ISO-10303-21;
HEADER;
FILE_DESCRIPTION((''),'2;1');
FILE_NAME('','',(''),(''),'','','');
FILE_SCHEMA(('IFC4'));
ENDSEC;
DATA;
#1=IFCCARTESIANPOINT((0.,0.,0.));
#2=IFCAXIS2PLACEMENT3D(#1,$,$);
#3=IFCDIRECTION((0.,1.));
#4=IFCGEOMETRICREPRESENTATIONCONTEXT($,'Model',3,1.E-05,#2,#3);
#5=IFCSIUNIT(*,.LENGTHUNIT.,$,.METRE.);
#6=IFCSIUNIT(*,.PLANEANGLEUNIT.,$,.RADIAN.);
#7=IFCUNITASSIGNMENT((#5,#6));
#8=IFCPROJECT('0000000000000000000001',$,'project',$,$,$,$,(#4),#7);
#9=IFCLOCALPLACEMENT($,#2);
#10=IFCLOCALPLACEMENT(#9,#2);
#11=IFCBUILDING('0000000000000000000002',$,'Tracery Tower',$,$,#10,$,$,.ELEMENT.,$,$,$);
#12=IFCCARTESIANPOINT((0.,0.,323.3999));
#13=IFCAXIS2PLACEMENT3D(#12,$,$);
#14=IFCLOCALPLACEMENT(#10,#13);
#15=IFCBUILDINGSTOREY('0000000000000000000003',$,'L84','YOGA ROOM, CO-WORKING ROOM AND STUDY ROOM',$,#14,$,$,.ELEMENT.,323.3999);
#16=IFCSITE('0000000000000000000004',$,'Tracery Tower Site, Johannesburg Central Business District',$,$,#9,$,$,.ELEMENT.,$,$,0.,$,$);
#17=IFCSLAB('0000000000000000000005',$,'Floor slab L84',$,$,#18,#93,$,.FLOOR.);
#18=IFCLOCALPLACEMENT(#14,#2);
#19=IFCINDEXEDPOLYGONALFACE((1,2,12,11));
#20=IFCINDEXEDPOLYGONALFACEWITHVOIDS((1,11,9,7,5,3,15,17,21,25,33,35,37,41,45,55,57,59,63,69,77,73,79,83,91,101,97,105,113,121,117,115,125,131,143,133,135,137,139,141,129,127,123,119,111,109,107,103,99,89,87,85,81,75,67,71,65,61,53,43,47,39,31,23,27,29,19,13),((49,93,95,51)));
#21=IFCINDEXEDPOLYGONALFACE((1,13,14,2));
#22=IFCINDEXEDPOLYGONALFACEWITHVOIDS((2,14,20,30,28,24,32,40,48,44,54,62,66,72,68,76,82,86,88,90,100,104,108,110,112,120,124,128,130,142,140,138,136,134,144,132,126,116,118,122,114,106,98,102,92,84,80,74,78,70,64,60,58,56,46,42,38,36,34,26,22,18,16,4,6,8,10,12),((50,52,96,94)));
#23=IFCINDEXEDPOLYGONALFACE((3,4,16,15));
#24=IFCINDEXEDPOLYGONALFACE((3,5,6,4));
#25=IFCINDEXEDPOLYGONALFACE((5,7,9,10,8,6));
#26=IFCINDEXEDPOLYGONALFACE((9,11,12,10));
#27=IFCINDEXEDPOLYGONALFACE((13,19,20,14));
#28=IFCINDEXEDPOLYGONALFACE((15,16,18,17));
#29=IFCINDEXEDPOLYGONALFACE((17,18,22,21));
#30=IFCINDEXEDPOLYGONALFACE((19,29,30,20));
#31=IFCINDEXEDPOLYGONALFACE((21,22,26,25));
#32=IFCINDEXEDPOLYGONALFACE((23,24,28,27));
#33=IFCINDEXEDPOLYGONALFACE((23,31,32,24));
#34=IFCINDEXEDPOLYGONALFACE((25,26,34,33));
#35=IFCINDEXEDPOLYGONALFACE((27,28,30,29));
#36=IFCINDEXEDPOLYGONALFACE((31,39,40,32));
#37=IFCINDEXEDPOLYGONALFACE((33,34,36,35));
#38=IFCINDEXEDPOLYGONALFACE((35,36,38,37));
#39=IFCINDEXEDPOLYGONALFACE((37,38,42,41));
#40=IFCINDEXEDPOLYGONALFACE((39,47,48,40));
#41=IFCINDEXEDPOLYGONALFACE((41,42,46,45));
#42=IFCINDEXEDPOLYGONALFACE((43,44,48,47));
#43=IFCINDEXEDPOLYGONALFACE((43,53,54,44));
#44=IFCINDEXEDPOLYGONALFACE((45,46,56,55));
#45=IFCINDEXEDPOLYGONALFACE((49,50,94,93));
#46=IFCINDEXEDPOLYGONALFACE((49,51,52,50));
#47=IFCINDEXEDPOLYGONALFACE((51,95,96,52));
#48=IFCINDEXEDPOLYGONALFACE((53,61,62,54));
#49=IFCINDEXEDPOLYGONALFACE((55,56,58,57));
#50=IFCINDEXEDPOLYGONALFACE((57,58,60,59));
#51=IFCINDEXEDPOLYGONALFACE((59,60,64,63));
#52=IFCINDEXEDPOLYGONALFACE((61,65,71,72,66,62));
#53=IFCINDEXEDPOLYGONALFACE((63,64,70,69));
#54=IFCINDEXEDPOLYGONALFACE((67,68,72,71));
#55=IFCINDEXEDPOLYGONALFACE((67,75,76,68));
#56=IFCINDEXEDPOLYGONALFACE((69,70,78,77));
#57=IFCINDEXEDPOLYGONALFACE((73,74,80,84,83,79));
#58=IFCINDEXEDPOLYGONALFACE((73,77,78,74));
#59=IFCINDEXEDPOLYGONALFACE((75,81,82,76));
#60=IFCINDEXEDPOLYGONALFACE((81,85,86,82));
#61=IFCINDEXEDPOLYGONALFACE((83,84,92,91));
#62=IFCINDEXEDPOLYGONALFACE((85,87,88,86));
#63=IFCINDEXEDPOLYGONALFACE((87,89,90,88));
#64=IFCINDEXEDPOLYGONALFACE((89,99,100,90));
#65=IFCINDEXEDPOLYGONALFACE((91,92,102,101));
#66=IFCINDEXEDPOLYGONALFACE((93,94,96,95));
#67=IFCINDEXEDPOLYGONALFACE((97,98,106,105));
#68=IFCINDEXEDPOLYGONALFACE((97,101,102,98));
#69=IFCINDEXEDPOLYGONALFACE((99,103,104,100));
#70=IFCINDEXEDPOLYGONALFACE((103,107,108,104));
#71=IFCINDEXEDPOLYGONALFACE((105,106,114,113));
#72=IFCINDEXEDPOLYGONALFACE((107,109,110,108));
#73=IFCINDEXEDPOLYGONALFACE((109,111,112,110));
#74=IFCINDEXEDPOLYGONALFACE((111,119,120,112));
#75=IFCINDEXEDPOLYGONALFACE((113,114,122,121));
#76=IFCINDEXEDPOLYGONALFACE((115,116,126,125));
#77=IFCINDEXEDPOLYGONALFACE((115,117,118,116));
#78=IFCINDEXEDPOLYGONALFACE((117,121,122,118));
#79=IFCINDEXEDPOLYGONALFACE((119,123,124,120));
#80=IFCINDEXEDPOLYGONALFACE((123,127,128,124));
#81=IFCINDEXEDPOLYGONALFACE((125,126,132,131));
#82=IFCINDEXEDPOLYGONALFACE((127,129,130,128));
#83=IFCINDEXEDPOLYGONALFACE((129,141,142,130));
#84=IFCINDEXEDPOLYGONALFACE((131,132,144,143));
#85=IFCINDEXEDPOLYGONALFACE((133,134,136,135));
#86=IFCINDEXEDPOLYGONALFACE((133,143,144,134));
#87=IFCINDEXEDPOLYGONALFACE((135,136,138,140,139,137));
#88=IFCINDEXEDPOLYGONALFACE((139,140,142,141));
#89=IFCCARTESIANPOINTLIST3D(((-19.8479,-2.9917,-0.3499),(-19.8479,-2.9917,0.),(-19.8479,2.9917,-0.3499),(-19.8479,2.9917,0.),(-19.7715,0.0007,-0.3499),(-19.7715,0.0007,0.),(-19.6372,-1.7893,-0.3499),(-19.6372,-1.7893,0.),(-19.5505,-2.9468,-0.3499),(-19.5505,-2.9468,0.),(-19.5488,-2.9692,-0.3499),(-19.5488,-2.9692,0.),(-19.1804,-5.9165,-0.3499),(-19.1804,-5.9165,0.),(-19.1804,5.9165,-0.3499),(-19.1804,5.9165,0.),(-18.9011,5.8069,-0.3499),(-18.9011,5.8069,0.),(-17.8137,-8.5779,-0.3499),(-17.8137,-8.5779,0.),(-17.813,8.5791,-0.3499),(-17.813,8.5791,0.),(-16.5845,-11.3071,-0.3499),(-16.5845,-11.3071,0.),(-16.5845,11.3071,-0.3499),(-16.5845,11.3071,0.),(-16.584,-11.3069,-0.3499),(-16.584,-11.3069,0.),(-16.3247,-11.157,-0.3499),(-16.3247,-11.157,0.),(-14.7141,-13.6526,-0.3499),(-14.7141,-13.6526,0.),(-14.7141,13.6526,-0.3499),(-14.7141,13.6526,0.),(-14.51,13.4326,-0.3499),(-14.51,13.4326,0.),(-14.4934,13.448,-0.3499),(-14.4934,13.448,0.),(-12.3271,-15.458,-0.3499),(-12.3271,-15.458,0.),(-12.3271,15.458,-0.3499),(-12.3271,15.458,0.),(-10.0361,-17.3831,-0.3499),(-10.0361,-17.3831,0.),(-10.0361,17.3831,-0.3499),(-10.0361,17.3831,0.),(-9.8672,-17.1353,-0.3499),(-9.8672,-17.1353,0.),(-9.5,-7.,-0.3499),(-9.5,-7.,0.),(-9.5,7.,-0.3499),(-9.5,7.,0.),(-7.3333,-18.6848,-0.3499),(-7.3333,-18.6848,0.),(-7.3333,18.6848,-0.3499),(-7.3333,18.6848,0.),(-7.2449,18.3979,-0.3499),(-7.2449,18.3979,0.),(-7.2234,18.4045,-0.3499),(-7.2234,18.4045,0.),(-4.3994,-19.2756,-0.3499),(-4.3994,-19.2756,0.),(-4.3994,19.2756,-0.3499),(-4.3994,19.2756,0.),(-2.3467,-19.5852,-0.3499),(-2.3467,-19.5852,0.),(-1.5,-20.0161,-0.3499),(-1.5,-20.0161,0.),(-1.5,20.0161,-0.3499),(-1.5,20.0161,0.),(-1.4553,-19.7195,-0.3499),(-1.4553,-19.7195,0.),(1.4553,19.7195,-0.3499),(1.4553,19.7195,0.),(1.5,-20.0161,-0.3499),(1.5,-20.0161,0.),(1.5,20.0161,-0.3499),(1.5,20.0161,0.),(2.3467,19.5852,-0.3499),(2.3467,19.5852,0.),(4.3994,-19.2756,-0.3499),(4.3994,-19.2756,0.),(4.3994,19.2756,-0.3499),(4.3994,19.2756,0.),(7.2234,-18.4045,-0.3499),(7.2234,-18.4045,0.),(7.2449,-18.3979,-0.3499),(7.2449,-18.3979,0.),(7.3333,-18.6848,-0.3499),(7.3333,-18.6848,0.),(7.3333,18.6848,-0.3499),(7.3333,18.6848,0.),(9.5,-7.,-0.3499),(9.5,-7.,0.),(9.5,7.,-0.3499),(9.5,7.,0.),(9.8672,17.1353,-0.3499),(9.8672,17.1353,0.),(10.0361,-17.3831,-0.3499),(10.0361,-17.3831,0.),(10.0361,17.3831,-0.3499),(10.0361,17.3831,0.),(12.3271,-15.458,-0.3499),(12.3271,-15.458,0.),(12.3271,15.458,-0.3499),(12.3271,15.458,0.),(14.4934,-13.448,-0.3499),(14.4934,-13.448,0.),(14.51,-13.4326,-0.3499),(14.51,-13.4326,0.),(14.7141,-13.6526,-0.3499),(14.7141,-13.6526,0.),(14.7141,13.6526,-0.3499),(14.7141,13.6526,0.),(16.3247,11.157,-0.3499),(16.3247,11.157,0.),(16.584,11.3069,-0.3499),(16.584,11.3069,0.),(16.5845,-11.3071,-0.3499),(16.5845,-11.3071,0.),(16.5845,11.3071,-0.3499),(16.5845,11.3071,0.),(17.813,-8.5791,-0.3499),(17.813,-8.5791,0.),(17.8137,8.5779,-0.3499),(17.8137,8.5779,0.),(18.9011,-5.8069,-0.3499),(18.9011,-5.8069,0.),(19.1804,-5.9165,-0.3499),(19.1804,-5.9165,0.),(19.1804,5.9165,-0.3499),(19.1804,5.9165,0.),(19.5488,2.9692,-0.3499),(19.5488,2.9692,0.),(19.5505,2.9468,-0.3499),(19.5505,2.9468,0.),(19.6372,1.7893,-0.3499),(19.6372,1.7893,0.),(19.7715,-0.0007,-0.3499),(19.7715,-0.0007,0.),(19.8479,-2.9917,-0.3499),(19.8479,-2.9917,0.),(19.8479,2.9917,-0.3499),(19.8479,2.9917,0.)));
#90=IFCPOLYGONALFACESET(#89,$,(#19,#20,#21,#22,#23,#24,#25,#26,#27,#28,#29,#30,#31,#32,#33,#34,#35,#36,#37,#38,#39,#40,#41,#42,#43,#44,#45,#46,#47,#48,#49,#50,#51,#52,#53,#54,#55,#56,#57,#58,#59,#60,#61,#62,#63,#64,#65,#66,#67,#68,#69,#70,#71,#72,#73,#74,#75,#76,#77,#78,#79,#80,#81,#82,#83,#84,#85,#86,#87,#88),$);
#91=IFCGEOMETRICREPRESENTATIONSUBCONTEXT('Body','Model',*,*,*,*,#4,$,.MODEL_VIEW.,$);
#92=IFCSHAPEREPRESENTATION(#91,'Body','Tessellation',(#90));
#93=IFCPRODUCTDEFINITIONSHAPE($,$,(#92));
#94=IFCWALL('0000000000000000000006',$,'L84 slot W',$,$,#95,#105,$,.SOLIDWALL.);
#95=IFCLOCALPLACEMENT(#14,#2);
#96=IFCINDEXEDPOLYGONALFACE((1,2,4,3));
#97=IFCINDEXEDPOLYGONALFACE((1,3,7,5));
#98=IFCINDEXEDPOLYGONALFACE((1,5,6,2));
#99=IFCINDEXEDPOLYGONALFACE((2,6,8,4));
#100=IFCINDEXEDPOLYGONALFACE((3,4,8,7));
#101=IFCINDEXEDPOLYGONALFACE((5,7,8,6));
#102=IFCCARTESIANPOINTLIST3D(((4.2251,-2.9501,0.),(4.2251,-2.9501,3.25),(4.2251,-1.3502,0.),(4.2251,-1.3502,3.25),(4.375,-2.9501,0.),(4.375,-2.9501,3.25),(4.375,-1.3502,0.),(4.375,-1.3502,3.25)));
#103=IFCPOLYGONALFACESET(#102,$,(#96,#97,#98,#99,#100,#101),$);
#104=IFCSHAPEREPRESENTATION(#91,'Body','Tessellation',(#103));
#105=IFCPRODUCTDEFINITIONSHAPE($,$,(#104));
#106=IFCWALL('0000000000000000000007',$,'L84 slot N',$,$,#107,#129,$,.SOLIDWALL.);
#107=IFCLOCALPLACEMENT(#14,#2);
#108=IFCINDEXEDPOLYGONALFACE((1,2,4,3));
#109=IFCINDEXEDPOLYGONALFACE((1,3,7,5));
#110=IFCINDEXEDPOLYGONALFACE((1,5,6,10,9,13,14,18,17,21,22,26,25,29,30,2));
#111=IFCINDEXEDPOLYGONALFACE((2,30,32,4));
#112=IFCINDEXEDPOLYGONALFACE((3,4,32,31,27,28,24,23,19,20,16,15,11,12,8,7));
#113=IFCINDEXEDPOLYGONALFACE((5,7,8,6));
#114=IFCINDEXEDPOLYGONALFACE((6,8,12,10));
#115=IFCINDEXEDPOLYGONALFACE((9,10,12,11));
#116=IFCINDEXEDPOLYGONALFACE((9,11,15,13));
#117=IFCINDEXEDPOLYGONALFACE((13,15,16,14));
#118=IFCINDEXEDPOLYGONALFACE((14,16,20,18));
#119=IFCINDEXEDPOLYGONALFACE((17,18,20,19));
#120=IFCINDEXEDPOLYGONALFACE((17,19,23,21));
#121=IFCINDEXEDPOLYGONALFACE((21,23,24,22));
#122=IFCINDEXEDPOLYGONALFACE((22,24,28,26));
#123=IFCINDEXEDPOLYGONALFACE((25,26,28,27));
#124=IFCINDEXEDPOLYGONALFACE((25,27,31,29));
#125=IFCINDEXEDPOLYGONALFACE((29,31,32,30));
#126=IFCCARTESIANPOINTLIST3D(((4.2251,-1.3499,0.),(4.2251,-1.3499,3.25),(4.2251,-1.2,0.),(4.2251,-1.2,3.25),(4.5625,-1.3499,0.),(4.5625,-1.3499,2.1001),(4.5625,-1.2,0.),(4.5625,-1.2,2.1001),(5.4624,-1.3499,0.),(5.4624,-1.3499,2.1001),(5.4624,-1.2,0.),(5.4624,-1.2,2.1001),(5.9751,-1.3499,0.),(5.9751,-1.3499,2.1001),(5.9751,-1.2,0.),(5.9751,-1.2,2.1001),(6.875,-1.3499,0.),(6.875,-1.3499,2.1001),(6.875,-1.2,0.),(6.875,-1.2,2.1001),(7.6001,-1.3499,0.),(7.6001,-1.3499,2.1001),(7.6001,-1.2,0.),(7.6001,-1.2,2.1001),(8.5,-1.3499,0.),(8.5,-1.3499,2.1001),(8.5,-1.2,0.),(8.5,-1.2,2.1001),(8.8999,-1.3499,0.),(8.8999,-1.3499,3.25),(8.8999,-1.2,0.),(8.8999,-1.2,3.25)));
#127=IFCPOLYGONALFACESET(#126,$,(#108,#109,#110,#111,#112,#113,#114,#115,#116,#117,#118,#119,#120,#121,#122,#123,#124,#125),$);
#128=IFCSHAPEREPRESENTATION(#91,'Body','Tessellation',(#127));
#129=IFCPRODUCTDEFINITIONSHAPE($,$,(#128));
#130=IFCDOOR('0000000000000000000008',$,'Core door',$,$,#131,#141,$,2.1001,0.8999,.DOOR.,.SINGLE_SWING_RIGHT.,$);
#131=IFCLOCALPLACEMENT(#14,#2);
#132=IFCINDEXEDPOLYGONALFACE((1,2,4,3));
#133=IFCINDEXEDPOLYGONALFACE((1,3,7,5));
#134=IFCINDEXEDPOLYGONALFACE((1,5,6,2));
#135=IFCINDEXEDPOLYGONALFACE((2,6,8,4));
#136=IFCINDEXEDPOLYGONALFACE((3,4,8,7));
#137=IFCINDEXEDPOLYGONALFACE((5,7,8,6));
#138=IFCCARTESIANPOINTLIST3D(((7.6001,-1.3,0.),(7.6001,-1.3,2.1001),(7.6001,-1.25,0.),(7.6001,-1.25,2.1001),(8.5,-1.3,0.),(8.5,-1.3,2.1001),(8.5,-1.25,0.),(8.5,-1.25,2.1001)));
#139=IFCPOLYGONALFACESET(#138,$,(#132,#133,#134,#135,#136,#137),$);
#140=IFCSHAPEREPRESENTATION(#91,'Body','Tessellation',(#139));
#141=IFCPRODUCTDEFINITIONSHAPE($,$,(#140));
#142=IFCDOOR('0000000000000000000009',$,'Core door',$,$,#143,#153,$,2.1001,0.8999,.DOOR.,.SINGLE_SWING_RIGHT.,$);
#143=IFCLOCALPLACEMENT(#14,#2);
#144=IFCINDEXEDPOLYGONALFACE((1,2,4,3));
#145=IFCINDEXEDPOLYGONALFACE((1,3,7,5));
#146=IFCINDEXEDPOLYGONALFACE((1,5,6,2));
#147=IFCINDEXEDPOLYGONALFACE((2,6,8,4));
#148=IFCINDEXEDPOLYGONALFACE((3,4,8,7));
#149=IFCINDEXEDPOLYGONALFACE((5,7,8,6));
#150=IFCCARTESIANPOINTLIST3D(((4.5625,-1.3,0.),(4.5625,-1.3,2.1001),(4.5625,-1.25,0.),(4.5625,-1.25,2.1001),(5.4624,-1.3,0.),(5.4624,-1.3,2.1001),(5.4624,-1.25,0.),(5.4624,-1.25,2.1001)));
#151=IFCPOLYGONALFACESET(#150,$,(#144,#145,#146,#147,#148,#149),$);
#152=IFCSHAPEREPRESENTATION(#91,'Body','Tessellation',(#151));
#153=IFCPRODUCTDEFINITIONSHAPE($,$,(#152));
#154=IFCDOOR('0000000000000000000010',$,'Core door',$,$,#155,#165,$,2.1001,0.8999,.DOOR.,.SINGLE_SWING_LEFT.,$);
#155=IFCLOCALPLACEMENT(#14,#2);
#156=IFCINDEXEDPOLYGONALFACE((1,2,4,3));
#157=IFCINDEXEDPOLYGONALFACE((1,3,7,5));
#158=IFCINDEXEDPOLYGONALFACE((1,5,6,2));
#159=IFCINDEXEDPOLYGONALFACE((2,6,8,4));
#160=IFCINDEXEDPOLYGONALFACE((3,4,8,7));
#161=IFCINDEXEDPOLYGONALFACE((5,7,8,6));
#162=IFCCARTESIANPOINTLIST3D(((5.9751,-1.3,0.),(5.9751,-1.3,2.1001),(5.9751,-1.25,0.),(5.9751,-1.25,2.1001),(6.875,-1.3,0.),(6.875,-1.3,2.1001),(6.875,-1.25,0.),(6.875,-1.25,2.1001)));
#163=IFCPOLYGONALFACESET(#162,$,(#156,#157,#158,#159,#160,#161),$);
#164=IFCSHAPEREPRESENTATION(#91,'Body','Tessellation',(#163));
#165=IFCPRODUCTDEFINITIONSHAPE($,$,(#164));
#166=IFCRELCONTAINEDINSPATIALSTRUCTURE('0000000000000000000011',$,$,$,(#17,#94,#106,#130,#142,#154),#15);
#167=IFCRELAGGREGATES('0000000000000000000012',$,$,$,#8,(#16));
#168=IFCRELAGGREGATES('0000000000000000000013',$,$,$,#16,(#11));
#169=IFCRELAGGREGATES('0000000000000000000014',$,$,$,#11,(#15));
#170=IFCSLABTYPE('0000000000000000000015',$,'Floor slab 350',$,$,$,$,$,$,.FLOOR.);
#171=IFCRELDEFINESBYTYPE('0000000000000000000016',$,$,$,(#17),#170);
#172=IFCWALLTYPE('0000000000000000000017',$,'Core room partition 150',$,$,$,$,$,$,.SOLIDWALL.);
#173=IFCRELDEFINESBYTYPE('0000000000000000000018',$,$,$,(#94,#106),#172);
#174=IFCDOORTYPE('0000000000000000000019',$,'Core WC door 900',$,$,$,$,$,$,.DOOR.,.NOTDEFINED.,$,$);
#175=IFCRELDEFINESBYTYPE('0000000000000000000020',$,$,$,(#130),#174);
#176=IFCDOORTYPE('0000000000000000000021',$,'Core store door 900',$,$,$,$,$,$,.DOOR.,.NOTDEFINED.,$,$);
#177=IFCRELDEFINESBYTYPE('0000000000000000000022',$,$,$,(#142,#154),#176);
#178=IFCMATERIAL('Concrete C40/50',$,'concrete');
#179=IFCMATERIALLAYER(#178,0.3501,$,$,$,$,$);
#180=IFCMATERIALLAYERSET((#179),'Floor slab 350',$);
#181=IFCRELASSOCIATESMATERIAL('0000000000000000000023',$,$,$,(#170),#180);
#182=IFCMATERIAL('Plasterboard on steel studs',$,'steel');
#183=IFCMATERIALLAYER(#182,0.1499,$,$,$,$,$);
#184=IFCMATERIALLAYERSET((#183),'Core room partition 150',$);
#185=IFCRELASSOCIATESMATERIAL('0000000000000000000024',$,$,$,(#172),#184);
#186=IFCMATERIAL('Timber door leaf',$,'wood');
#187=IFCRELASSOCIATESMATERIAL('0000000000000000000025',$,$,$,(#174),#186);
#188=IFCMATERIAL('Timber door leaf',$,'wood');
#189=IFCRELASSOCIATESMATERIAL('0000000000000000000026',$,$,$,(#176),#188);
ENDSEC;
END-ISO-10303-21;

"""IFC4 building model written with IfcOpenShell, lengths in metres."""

from ifc_helpers import new_model, si_unit, direction, frame, frame_2d, origin, place, context, subcontext, project, spatial, polyline, rectangle, outline, extrude, material, layer, layer_set, type_object, element, fill, save


model = new_model("IFC4")

# Units and contexts
model_context = context("Model", 3, precision=1e-05, world=origin(), true_north=direction((0.0, 1.0)))
body_context = subcontext(model_context, "Body", "Model", "MODEL_VIEW")
ifc_project = project(units=[si_unit("LENGTHUNIT", "METRE"), si_unit("PLANEANGLEUNIT", "RADIAN")], contexts=[model_context])

# Site, building, storey
site_placement = place(None, origin())
site = spatial("IfcSite", under=ifc_project, at=site_placement, Name="Tracery Tower Site, Johannesburg Central Business District", CompositionType="ELEMENT", RefElevation=0.0)
building_placement = place(site_placement, origin())
building = spatial("IfcBuilding", under=site, at=building_placement, Name="Tracery Tower", CompositionType="ELEMENT")
storey_placement = place(building_placement, frame((0.0, 0.0, 323.3999)))
storey = spatial("IfcBuildingStorey", under=building, at=storey_placement, Name="L84", Description="YOGA ROOM, CO-WORKING ROOM AND STUDY ROOM", CompositionType="ELEMENT", Elevation=323.3999)

# Slab
ifc_material_1 = material(Name="Concrete C40/50", Category="concrete")
ifc_layer_1 = layer(ifc_material_1, 0.3501)
ifc_layer_set_1 = layer_set([ifc_layer_1], Name="Floor slab 350")
slab_type_1 = type_object("IfcSlabType", Name="Floor slab 350", PredefinedType="FLOOR", material=ifc_layer_set_1)
slab_1_placement = place(storey_placement, frame((0.0, 0.0, -0.3499)))
element("IfcSlab", 1, at=slab_1_placement, inside=storey, type_object=slab_type_1, Name="Floor slab L84", PredefinedType="FLOOR", context=body_context, shape_type="SweptSolid", body=[
    extrude(outline(polyline([(19.5505, 2.9468), (19.5488, 2.9692), (19.8479, 2.9917), (19.1804, 5.9165), (17.8137, 8.5779), (16.3247, 11.157), (16.584, 11.3069), (16.5845, 11.3071), (14.7141, 13.6526), (12.3271, 15.458), (9.8672, 17.1353), (10.0361, 17.3831), (7.3333, 18.6848), (4.3994, 19.2756), (2.3467, 19.5852), (1.4553, 19.7195), (1.5, 20.0161), (1.5, 20.0161), (-1.5, 20.0161), (-4.3994, 19.2756), (-7.2234, 18.4045), (-7.2234, 18.4045), (-7.2449, 18.3979), (-7.3333, 18.6848), (-10.0361, 17.3831), (-12.3271, 15.458), (-14.4934, 13.448), (-14.4934, 13.448), (-14.51, 13.4326), (-14.7141, 13.6526), (-14.7141, 13.6526), (-16.5845, 11.3071), (-17.813, 8.5791), (-18.9011, 5.8069), (-19.1804, 5.9165), (-19.8479, 2.9917), (-19.7715, 0.0007), (-19.6372, -1.7893), (-19.5505, -2.9468), (-19.5505, -2.9468), (-19.5488, -2.9692), (-19.8479, -2.9917), (-19.1804, -5.9165), (-17.8137, -8.5779), (-16.3247, -11.157), (-16.584, -11.3069), (-16.5845, -11.3071), (-14.7141, -13.6526), (-12.3271, -15.458), (-9.8672, -17.1353), (-10.0361, -17.3831), (-7.3333, -18.6848), (-4.3994, -19.2756), (-2.3467, -19.5852), (-1.4553, -19.7195), (-1.5, -20.0161), (-1.5, -20.0161), (1.5, -20.0161), (4.3994, -19.2756), (7.2234, -18.4045), (7.2234, -18.4045), (7.2449, -18.3979), (7.3333, -18.6848), (10.0361, -17.3831), (12.3271, -15.458), (14.4934, -13.448), (14.4934, -13.448), (14.51, -13.4326), (14.7141, -13.6526), (14.7141, -13.6526), (16.5845, -11.3071), (17.813, -8.5791), (18.9011, -5.8069), (19.1804, -5.9165), (19.8479, -2.9917), (19.7715, -0.0007), (19.6372, 1.7893), (19.5505, 2.9468), (19.5505, 2.9468)]), holes=[polyline([(-9.5, -7.0), (9.5, -7.0), (9.5, 7.0), (-9.5, 7.0), (-9.5, -7.0)])]), origin(), (0.0, 0.0, 1.0), 0.3499),
])

# Wall
ifc_material_2 = material(Name="Plasterboard on steel studs", Category="steel")
ifc_layer_2 = layer(ifc_material_2, 0.1499)
ifc_layer_set_2 = layer_set([ifc_layer_2], Name="Core room partition 150")
wall_type_1 = type_object("IfcWallType", Name="Core room partition 150", PredefinedType="SOLIDWALL", material=ifc_layer_set_2)
wall_1_placement = place(storey_placement, frame((4.3, -2.95, 0.0), z_axis=(0.0, 0.0, 1.0), x_axis=(0.0, 1.0, 0.0)))
element("IfcWall", 2, at=wall_1_placement, inside=storey, type_object=wall_type_1, Name="L84 slot W", PredefinedType="SOLIDWALL", context=body_context, shape_type="SweptSolid", body=[
    extrude(rectangle(XDim=1.5999, YDim=0.1499, at=frame_2d((0.7998, 0.0))), origin(), (0.0, 0.0, 1.0), 3.25),
])

# Wall, openings, doors
wall_2_placement = place(storey_placement, frame((4.2251, -1.2749, 0.0), z_axis=(0.0, 0.0, 1.0), x_axis=(1.0, 0.0, 0.0)))
wall_2 = element("IfcWall", 3, at=wall_2_placement, inside=storey, type_object=wall_type_1, Name="L84 slot N", PredefinedType="SOLIDWALL", context=body_context, shape_type="SweptSolid", body=[
    extrude(rectangle(XDim=4.6748, YDim=0.1499, at=frame_2d((2.3374, 0.0))), origin(), (0.0, 0.0, 1.0), 3.25),
])
opening_1_placement = place(wall_2_placement, frame((0.3374, 0.0, 0.0)))
opening_1 = element("IfcOpeningElement", 4, at=opening_1_placement, cuts=wall_2, PredefinedType="OPENING", context=body_context, shape_type="SweptSolid", body=[
    extrude(rectangle(XDim=0.8999, YDim=2.1001, at=frame_2d((0.45, 1.05))), frame((0.0, 0.075, 0.0), z_axis=(0.0, -1.0, 0.0), x_axis=(1.0, 0.0, 0.0)), (0.0, 0.0, 1.0), 0.1499),
])
opening_2_placement = place(wall_2_placement, frame((1.75, 0.0, 0.0)))
opening_2 = element("IfcOpeningElement", 5, at=opening_2_placement, cuts=wall_2, PredefinedType="OPENING", context=body_context, shape_type="SweptSolid", body=[
    extrude(rectangle(XDim=0.8999, YDim=2.1001, at=frame_2d((0.45, 1.05))), frame((0.0, 0.075, 0.0), z_axis=(0.0, -1.0, 0.0), x_axis=(1.0, 0.0, 0.0)), (0.0, 0.0, 1.0), 0.1499),
])
opening_3_placement = place(wall_2_placement, frame((3.375, 0.0, 0.0)))
opening_3 = element("IfcOpeningElement", 6, at=opening_3_placement, cuts=wall_2, PredefinedType="OPENING", context=body_context, shape_type="SweptSolid", body=[
    extrude(rectangle(XDim=0.8999, YDim=2.1001, at=frame_2d((0.45, 1.05))), frame((0.0, 0.075, 0.0), z_axis=(0.0, -1.0, 0.0), x_axis=(1.0, 0.0, 0.0)), (0.0, 0.0, 1.0), 0.1499),
])
ifc_material_3 = material(Name="Timber door leaf", Category="wood")
door_type_1 = type_object("IfcDoorType", Name="Core WC door 900", OperationType="NOTDEFINED", PredefinedType="DOOR", material=ifc_material_3)
door_1_placement = place(opening_3_placement, origin())
door_1 = element("IfcDoor", 7, at=door_1_placement, inside=storey, type_object=door_type_1, Name="Core door", OperationType="SINGLE_SWING_RIGHT", OverallHeight=2.1001, OverallWidth=0.8999, PredefinedType="DOOR", context=body_context, shape_type="SweptSolid", body=[
    extrude(rectangle(XDim=0.8999, YDim=2.1001, at=frame_2d((0.45, 1.05))), frame((0.0, 0.0249, 0.0), z_axis=(0.0, -1.0, 0.0), x_axis=(1.0, 0.0, 0.0)), (0.0, 0.0, 1.0), 0.05),
])
fill(opening_3, door_1)
ifc_material_4 = material(Name="Timber door leaf", Category="wood")
door_type_2 = type_object("IfcDoorType", Name="Core store door 900", OperationType="NOTDEFINED", PredefinedType="DOOR", material=ifc_material_4)
door_2_placement = place(opening_1_placement, origin())
door_2 = element("IfcDoor", 8, at=door_2_placement, inside=storey, type_object=door_type_2, Name="Core door", OperationType="SINGLE_SWING_RIGHT", OverallHeight=2.1001, OverallWidth=0.8999, PredefinedType="DOOR", context=body_context, shape_type="SweptSolid", body=[
    extrude(rectangle(XDim=0.8999, YDim=2.1001, at=frame_2d((0.45, 1.05))), frame((0.0, 0.0249, 0.0), z_axis=(0.0, -1.0, 0.0), x_axis=(1.0, 0.0, 0.0)), (0.0, 0.0, 1.0), 0.05),
])
fill(opening_1, door_2)
door_3_placement = place(opening_2_placement, origin())
door_3 = element("IfcDoor", 9, at=door_3_placement, inside=storey, type_object=door_type_2, Name="Core door", OperationType="SINGLE_SWING_LEFT", OverallHeight=2.1001, OverallWidth=0.8999, PredefinedType="DOOR", context=body_context, shape_type="SweptSolid", body=[
    extrude(rectangle(XDim=0.8999, YDim=2.1001, at=frame_2d((0.45, 1.05))), frame((0.0, 0.0249, 0.0), z_axis=(0.0, -1.0, 0.0), x_axis=(1.0, 0.0, 0.0)), (0.0, 0.0, 1.0), 0.05),
])
fill(opening_2, door_3)

save(model, "model.ifc")
